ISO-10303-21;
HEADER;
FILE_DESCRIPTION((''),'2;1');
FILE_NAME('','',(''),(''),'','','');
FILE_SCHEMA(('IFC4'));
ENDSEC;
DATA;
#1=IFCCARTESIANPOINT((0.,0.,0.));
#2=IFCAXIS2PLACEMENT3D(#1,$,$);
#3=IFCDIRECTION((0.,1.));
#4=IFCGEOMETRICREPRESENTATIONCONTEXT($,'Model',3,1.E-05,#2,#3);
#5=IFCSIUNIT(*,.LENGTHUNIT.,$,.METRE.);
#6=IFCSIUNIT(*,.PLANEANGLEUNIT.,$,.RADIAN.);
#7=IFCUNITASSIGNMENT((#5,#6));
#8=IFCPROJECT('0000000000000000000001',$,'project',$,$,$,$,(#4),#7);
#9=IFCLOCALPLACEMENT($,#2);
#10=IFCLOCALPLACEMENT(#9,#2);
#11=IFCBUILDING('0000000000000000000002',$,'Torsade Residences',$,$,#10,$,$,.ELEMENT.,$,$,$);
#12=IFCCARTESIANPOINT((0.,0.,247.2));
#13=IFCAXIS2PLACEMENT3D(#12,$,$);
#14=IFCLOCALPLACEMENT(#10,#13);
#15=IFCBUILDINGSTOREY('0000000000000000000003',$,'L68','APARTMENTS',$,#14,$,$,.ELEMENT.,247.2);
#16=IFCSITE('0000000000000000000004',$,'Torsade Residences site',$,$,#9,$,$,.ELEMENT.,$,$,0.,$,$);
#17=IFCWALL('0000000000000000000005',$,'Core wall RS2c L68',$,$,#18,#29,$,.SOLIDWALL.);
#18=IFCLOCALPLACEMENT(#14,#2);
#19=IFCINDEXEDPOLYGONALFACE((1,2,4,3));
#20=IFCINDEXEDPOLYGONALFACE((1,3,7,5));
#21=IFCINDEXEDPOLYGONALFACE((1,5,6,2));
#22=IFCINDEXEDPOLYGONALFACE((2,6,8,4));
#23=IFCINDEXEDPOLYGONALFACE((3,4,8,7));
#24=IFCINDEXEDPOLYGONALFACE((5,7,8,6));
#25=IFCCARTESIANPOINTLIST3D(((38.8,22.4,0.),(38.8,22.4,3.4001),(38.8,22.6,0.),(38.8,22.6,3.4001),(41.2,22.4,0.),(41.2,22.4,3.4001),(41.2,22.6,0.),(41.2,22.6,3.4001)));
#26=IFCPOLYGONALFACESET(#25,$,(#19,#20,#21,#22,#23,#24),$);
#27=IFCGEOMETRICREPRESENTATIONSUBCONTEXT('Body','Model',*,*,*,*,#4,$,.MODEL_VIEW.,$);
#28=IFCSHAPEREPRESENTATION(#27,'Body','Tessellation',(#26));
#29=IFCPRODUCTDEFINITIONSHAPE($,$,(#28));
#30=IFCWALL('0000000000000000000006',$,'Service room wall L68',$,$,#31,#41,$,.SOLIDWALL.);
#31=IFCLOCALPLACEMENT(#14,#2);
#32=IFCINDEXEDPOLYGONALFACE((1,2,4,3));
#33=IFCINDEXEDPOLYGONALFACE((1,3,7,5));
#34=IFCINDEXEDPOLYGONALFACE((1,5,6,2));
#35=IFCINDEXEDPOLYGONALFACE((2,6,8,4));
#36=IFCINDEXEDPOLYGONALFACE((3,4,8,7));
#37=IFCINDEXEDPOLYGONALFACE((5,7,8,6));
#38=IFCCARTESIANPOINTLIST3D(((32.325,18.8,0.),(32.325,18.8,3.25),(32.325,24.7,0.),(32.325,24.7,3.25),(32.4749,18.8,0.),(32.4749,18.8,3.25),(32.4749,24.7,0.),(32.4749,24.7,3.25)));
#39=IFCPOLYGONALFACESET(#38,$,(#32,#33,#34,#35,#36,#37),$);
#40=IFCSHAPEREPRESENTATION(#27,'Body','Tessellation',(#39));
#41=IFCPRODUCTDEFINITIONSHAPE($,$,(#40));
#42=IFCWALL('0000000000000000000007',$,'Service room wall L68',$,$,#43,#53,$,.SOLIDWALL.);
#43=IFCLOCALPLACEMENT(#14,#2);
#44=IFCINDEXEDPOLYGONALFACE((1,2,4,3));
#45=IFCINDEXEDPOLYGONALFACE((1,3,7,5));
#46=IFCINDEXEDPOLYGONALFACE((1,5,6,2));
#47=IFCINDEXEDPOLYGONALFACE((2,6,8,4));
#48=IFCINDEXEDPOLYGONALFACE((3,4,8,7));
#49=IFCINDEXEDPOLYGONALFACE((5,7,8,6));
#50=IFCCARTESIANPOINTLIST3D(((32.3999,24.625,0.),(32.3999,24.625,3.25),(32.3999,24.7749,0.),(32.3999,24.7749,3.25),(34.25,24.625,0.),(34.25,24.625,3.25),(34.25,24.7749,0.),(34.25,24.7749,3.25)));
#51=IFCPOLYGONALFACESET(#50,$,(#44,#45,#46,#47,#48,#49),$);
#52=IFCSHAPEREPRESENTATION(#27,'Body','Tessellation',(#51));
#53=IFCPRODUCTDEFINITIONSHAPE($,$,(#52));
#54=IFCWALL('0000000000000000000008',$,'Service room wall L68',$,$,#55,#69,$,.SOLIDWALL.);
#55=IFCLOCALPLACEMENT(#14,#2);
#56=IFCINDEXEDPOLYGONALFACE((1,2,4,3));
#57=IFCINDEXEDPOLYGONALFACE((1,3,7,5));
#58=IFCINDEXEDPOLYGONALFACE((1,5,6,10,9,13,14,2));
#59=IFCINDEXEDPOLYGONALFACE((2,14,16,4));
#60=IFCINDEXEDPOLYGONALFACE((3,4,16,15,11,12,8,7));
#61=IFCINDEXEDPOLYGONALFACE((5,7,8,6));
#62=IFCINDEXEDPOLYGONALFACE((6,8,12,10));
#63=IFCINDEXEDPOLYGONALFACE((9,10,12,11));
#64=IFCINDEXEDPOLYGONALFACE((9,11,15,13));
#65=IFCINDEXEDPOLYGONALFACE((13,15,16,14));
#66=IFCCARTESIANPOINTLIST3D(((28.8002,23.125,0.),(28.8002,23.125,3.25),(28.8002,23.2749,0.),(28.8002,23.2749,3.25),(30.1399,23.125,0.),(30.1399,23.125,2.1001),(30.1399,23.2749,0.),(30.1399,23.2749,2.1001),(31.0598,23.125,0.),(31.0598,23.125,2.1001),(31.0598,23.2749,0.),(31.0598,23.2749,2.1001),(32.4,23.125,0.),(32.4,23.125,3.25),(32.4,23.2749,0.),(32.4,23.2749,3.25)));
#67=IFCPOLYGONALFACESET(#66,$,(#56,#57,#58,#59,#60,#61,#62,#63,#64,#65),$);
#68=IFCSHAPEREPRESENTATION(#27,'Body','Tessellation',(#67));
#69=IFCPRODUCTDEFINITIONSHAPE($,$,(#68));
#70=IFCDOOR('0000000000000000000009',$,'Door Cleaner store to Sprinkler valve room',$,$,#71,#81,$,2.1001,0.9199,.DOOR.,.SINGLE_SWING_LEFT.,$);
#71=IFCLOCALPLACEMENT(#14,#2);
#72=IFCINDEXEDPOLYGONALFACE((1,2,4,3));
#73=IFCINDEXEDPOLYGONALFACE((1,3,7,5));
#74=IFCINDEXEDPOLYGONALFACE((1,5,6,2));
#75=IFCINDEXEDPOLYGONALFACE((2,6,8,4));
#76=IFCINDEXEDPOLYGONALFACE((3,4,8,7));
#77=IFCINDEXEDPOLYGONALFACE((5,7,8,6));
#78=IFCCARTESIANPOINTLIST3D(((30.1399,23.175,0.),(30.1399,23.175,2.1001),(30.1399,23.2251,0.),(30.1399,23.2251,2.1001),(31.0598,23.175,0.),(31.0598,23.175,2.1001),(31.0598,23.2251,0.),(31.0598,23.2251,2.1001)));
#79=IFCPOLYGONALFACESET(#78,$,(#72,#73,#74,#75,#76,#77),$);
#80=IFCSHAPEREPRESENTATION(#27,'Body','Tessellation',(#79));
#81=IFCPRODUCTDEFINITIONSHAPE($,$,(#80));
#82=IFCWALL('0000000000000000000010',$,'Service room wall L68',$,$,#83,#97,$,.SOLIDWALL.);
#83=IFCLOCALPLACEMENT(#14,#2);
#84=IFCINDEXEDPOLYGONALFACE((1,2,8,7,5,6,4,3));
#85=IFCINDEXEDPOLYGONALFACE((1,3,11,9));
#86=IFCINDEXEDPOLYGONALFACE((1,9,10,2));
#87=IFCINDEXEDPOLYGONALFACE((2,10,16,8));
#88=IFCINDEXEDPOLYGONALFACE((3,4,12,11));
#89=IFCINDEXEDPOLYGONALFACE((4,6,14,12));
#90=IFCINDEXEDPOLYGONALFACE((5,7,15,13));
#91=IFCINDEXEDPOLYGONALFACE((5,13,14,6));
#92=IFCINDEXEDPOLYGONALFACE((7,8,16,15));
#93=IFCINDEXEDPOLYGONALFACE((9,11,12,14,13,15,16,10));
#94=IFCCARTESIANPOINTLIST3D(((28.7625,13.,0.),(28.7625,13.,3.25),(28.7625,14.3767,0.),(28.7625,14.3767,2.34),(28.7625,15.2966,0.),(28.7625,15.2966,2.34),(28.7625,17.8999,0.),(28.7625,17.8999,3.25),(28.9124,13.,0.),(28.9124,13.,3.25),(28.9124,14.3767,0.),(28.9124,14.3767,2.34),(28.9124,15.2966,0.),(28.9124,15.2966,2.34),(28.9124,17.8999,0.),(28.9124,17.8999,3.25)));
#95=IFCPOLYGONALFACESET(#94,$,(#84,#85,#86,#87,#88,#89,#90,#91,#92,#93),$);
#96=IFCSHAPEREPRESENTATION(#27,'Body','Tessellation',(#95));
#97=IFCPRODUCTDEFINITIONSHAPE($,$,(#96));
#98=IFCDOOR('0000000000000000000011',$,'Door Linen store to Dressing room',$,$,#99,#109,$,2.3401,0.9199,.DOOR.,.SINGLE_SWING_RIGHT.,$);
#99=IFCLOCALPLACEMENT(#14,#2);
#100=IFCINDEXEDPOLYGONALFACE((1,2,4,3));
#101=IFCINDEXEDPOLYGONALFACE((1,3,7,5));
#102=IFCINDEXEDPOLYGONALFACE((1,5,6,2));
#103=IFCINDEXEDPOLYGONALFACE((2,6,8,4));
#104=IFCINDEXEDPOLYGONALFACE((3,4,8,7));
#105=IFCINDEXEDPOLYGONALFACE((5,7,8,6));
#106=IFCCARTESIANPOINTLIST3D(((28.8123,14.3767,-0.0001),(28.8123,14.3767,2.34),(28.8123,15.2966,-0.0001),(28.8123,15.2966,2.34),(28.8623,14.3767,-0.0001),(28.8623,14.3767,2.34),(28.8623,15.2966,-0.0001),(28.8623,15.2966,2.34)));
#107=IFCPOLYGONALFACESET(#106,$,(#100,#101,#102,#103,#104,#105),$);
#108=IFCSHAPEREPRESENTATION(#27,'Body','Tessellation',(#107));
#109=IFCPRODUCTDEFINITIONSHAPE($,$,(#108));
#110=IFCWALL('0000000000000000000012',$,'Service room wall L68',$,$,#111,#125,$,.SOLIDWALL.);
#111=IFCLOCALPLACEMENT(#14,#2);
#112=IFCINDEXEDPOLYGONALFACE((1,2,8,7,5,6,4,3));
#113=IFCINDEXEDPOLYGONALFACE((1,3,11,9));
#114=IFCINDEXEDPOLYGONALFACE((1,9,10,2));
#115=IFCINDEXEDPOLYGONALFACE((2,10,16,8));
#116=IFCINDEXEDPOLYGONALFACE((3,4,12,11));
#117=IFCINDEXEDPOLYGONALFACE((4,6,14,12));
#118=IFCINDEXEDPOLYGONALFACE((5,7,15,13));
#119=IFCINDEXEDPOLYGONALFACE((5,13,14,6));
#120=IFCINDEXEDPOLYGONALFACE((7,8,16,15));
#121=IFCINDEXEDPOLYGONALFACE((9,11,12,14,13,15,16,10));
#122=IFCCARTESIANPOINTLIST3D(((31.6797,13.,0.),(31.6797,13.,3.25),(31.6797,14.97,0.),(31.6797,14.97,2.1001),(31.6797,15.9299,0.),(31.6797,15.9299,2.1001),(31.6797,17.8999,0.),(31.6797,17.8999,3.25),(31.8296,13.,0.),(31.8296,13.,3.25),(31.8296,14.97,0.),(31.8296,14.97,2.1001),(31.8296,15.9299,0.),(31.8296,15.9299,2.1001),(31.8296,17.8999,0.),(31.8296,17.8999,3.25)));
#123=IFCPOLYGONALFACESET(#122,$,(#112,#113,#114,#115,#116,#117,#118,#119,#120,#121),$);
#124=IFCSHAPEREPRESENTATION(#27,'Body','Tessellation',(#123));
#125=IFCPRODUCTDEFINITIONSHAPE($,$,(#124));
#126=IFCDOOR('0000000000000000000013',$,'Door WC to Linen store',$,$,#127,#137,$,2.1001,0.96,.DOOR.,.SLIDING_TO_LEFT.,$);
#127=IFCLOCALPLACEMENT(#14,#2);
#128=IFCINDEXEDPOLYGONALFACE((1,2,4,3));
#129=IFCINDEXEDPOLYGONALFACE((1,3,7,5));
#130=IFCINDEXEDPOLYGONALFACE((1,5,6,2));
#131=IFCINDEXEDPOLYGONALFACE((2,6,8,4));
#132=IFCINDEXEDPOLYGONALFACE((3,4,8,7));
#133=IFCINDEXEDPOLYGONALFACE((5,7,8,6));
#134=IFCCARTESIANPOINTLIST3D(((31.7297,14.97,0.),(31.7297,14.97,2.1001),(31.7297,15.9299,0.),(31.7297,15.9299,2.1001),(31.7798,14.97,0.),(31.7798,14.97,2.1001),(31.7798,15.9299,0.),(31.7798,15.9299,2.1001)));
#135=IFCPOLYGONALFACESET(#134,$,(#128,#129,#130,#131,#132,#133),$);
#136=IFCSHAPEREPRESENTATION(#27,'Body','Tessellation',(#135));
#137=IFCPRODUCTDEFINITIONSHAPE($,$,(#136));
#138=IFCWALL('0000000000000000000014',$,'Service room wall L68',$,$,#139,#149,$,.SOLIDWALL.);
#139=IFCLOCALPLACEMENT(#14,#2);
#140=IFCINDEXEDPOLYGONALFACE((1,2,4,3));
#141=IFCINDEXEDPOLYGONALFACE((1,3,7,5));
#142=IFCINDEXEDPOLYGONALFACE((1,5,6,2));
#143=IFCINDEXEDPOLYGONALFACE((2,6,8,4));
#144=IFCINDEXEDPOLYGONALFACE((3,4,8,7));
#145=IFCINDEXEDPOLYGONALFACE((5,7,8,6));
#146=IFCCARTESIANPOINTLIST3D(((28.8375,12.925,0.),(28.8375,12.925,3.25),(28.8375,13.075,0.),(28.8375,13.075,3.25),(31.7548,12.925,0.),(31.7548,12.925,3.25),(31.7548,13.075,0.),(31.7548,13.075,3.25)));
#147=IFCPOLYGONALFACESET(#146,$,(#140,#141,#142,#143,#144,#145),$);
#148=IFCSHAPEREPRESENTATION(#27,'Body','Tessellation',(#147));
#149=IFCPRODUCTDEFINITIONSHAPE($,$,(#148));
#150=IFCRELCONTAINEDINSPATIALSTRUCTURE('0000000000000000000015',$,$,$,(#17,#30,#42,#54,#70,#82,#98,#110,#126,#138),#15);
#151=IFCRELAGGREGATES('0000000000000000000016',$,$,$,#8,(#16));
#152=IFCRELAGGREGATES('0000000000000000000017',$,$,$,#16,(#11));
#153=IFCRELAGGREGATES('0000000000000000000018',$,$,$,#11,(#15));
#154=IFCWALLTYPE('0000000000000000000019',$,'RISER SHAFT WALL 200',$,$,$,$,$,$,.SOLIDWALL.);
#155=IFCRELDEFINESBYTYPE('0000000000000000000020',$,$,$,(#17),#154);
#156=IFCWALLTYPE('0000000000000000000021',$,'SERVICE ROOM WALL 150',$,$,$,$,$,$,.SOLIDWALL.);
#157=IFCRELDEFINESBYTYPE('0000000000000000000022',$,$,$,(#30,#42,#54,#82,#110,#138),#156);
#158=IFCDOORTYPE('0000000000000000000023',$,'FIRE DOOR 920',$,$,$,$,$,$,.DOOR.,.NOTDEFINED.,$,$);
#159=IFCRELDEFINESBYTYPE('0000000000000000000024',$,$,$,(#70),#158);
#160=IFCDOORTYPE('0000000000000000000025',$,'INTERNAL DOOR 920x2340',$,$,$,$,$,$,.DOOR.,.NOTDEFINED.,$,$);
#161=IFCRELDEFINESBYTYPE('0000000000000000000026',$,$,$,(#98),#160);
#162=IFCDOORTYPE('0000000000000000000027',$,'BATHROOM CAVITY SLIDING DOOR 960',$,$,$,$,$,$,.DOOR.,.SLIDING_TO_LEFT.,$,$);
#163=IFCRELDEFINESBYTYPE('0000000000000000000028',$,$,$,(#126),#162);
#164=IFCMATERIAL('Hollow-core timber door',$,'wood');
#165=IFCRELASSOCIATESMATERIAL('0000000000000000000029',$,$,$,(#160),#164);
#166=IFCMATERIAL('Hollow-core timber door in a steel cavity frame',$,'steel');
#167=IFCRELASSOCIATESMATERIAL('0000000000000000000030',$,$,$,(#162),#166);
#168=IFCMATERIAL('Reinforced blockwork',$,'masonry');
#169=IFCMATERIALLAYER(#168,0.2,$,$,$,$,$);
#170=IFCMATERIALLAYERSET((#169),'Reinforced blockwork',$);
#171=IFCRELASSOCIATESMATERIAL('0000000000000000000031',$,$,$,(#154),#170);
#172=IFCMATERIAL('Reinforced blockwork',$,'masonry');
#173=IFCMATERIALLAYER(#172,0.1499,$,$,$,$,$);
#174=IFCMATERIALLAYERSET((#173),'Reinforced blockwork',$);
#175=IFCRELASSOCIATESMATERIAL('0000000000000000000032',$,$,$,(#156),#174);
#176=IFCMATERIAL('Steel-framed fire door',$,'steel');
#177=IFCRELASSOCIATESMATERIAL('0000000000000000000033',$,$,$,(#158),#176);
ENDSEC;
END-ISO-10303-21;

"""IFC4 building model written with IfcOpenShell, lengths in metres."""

from ifc_helpers import new_model, si_unit, direction, frame, frame_2d, origin, place, context, subcontext, project, spatial, rectangle, extrude, material, layer, layer_set, type_object, element, fill, save


model = new_model("IFC4")

# Units and contexts
model_context = context("Model", 3, precision=1e-05, world=origin(), true_north=direction((0.0, 1.0)))
body_context = subcontext(model_context, "Body", "Model", "MODEL_VIEW")
ifc_project = project(units=[si_unit("LENGTHUNIT", "METRE"), si_unit("PLANEANGLEUNIT", "RADIAN")], contexts=[model_context])

# Site, building, storey
site_placement = place(None, origin())
site = spatial("IfcSite", under=ifc_project, at=site_placement, Name="Torsade Residences site", CompositionType="ELEMENT", RefElevation=0.0)
building_placement = place(site_placement, origin())
building = spatial("IfcBuilding", under=site, at=building_placement, Name="Torsade Residences", CompositionType="ELEMENT")
storey_placement = place(building_placement, frame((0.0, 0.0, 247.2)))
storey = spatial("IfcBuildingStorey", under=building, at=storey_placement, Name="L68", Description="APARTMENTS", CompositionType="ELEMENT", Elevation=247.2)

# Shared definitions
ifc_material_1 = material(Name="Hollow-core timber door", Category="wood")
door_type_1 = type_object("IfcDoorType", Name="INTERNAL DOOR 920x2340", OperationType="NOTDEFINED", PredefinedType="DOOR", material=ifc_material_1)
ifc_material_2 = material(Name="Hollow-core timber door in a steel cavity frame", Category="steel")
door_type_2 = type_object("IfcDoorType", Name="BATHROOM CAVITY SLIDING DOOR 960", OperationType="SLIDING_TO_LEFT", PredefinedType="DOOR", material=ifc_material_2)

# Walls
ifc_material_3 = material(Name="Reinforced blockwork", Category="masonry")
ifc_layer_1 = layer(ifc_material_3, 0.2)
ifc_layer_set_1 = layer_set([ifc_layer_1], Name="Reinforced blockwork")
wall_type_1 = type_object("IfcWallType", Name="RISER SHAFT WALL 200", PredefinedType="SOLIDWALL", material=ifc_layer_set_1)
wall_1_placement = place(storey_placement, frame((38.8, 22.5, 0.0), z_axis=(0.0, 0.0, 1.0), x_axis=(1.0, 0.0, 0.0)))
element("IfcWall", 1, at=wall_1_placement, inside=storey, type_object=wall_type_1, Name="Core wall RS2c L68", PredefinedType="SOLIDWALL", context=body_context, shape_type="SweptSolid", body=[
    extrude(rectangle(XDim=2.3999, YDim=0.2, at=frame_2d((1.2, 0.0))), origin(), (0.0, 0.0, 1.0), 3.4001),
])
ifc_material_4 = material(Name="Reinforced blockwork", Category="masonry")
ifc_layer_2 = layer(ifc_material_4, 0.1499)
ifc_layer_set_2 = layer_set([ifc_layer_2], Name="Reinforced blockwork")
wall_type_2 = type_object("IfcWallType", Name="SERVICE ROOM WALL 150", PredefinedType="SOLIDWALL", material=ifc_layer_set_2)
wall_2_placement = place(storey_placement, frame((32.3999, 18.8, 0.0), z_axis=(0.0, 0.0, 1.0), x_axis=(0.0, 1.0, 0.0)))
element("IfcWall", 2, at=wall_2_placement, inside=storey, type_object=wall_type_2, Name="Service room wall L68", PredefinedType="SOLIDWALL", context=body_context, shape_type="SweptSolid", body=[
    extrude(rectangle(XDim=5.8999, YDim=0.1499, at=frame_2d((2.95, 0.0))), origin(), (0.0, 0.0, 1.0), 3.25),
])
wall_3_placement = place(storey_placement, frame((32.3999, 24.7, 0.0), z_axis=(0.0, 0.0, 1.0), x_axis=(1.0, 0.0, 0.0)))
element("IfcWall", 3, at=wall_3_placement, inside=storey, type_object=wall_type_2, Name="Service room wall L68", PredefinedType="SOLIDWALL", context=body_context, shape_type="SweptSolid", body=[
    extrude(rectangle(XDim=1.8501, YDim=0.1499, at=frame_2d((0.925, 0.0))), origin(), (0.0, 0.0, 1.0), 3.25),
])

# Walls, openings, doors
wall_4_placement = place(storey_placement, frame((32.3999, 23.2, 0.0), z_axis=(0.0, 0.0, 1.0), x_axis=(-1.0, 0.0, 0.0)))
wall_4 = element("IfcWall", 4, at=wall_4_placement, inside=storey, type_object=wall_type_2, Name="Service room wall L68", PredefinedType="SOLIDWALL", context=body_context, shape_type="SweptSolid", body=[
    extrude(rectangle(XDim=3.5999, YDim=0.1499, at=frame_2d((1.7998, 0.0))), origin(), (0.0, 0.0, 1.0), 3.25),
])
opening_1_placement = place(wall_4_placement, frame((1.3401, 0.0, 0.0)))
opening_1 = element("IfcOpeningElement", 5, at=opening_1_placement, cuts=wall_4, PredefinedType="OPENING", context=body_context, shape_type="SweptSolid", body=[
    extrude(rectangle(XDim=0.9199, YDim=2.1001, at=frame_2d((0.46, 1.05))), frame((0.0, 0.085, 0.0), z_axis=(0.0, -1.0, 0.0), x_axis=(1.0, 0.0, 0.0)), (0.0, 0.0, 1.0), 0.1699),
])
ifc_material_5 = material(Name="Steel-framed fire door", Category="steel")
door_type_3 = type_object("IfcDoorType", Name="FIRE DOOR 920", OperationType="NOTDEFINED", PredefinedType="DOOR", material=ifc_material_5)
door_1_placement = place(opening_1_placement, origin())
door_1 = element("IfcDoor", 6, at=door_1_placement, inside=storey, type_object=door_type_3, Name="Door Cleaner store to Sprinkler valve room", OperationType="SINGLE_SWING_LEFT", OverallHeight=2.1001, OverallWidth=0.9199, PredefinedType="DOOR", context=body_context, shape_type="SweptSolid", body=[
    extrude(rectangle(XDim=0.9199, YDim=2.1001, at=frame_2d((0.46, 1.05))), frame((0.0, 0.0249, 0.0), z_axis=(0.0, -1.0, 0.0), x_axis=(1.0, 0.0, 0.0)), (0.0, 0.0, 1.0), 0.05),
])
fill(opening_1, door_1)
wall_5_placement = place(storey_placement, frame((28.8374, 17.8999, 0.0), z_axis=(0.0, 0.0, 1.0), x_axis=(0.0, -1.0, 0.0)))
wall_5 = element("IfcWall", 7, at=wall_5_placement, inside=storey, type_object=wall_type_2, Name="Service room wall L68", PredefinedType="SOLIDWALL", context=body_context, shape_type="SweptSolid", body=[
    extrude(rectangle(XDim=4.8999, YDim=0.1499, at=frame_2d((2.45, 0.0))), origin(), (0.0, 0.0, 1.0), 3.25),
])
opening_2_placement = place(wall_5_placement, frame((2.6033, 0.0, 0.0)))
opening_2 = element("IfcOpeningElement", 8, at=opening_2_placement, cuts=wall_5, PredefinedType="OPENING", context=body_context, shape_type="SweptSolid", body=[
    extrude(rectangle(XDim=0.9199, YDim=2.3401, at=frame_2d((0.46, 1.1699))), frame((0.0, 0.085, 0.0), z_axis=(0.0, -1.0, 0.0), x_axis=(1.0, 0.0, 0.0)), (0.0, 0.0, 1.0), 0.1699),
])
door_2_placement = place(opening_2_placement, origin())
door_2 = element("IfcDoor", 9, at=door_2_placement, inside=storey, type_object=door_type_1, Name="Door Linen store to Dressing room", OperationType="SINGLE_SWING_RIGHT", OverallHeight=2.3401, OverallWidth=0.9199, PredefinedType="DOOR", context=body_context, shape_type="SweptSolid", body=[
    extrude(rectangle(XDim=0.9199, YDim=2.3401, at=frame_2d((0.46, 1.1699))), frame((0.0, 0.0249, 0.0), z_axis=(0.0, -1.0, 0.0), x_axis=(1.0, 0.0, 0.0)), (0.0, 0.0, 1.0), 0.05),
])
fill(opening_2, door_2)
wall_6_placement = place(storey_placement, frame((31.7546, 13.0, 0.0), z_axis=(0.0, 0.0, 1.0), x_axis=(0.0, 1.0, 0.0)))
wall_6 = element("IfcWall", 10, at=wall_6_placement, inside=storey, type_object=wall_type_2, Name="Service room wall L68", PredefinedType="SOLIDWALL", context=body_context, shape_type="SweptSolid", body=[
    extrude(rectangle(XDim=4.8999, YDim=0.1499, at=frame_2d((2.45, 0.0))), origin(), (0.0, 0.0, 1.0), 3.25),
])
opening_3_placement = place(wall_6_placement, frame((1.97, 0.0, 0.0)))
opening_3 = element("IfcOpeningElement", 11, at=opening_3_placement, cuts=wall_6, PredefinedType="OPENING", context=body_context, shape_type="SweptSolid", body=[
    extrude(rectangle(XDim=0.96, YDim=2.1001, at=frame_2d((0.48, 1.05))), frame((0.0, 0.085, 0.0), z_axis=(0.0, -1.0, 0.0), x_axis=(1.0, 0.0, 0.0)), (0.0, 0.0, 1.0), 0.1699),
])
door_3_placement = place(opening_3_placement, origin())
door_3 = element("IfcDoor", 12, at=door_3_placement, inside=storey, type_object=door_type_2, Name="Door WC to Linen store", OperationType="SLIDING_TO_LEFT", OverallHeight=2.1001, OverallWidth=0.96, PredefinedType="DOOR", context=body_context, shape_type="SweptSolid", body=[
    extrude(rectangle(XDim=0.96, YDim=2.1001, at=frame_2d((0.48, 1.05))), frame((0.0, 0.0249, 0.0), z_axis=(0.0, -1.0, 0.0), x_axis=(1.0, 0.0, 0.0)), (0.0, 0.0, 1.0), 0.05),
])
fill(opening_3, door_3)

# Wall
wall_7_placement = place(storey_placement, frame((31.7546, 13.0, 0.0), z_axis=(0.0, 0.0, 1.0), x_axis=(-1.0, 0.0, 0.0)))
element("IfcWall", 13, at=wall_7_placement, inside=storey, type_object=wall_type_2, Name="Service room wall L68", PredefinedType="SOLIDWALL", context=body_context, shape_type="SweptSolid", body=[
    extrude(rectangle(XDim=2.9172, YDim=0.1499, at=frame_2d((1.4585, 0.0))), origin(), (0.0, 0.0, 1.0), 3.25),
])

save(model, "model.ifc")
